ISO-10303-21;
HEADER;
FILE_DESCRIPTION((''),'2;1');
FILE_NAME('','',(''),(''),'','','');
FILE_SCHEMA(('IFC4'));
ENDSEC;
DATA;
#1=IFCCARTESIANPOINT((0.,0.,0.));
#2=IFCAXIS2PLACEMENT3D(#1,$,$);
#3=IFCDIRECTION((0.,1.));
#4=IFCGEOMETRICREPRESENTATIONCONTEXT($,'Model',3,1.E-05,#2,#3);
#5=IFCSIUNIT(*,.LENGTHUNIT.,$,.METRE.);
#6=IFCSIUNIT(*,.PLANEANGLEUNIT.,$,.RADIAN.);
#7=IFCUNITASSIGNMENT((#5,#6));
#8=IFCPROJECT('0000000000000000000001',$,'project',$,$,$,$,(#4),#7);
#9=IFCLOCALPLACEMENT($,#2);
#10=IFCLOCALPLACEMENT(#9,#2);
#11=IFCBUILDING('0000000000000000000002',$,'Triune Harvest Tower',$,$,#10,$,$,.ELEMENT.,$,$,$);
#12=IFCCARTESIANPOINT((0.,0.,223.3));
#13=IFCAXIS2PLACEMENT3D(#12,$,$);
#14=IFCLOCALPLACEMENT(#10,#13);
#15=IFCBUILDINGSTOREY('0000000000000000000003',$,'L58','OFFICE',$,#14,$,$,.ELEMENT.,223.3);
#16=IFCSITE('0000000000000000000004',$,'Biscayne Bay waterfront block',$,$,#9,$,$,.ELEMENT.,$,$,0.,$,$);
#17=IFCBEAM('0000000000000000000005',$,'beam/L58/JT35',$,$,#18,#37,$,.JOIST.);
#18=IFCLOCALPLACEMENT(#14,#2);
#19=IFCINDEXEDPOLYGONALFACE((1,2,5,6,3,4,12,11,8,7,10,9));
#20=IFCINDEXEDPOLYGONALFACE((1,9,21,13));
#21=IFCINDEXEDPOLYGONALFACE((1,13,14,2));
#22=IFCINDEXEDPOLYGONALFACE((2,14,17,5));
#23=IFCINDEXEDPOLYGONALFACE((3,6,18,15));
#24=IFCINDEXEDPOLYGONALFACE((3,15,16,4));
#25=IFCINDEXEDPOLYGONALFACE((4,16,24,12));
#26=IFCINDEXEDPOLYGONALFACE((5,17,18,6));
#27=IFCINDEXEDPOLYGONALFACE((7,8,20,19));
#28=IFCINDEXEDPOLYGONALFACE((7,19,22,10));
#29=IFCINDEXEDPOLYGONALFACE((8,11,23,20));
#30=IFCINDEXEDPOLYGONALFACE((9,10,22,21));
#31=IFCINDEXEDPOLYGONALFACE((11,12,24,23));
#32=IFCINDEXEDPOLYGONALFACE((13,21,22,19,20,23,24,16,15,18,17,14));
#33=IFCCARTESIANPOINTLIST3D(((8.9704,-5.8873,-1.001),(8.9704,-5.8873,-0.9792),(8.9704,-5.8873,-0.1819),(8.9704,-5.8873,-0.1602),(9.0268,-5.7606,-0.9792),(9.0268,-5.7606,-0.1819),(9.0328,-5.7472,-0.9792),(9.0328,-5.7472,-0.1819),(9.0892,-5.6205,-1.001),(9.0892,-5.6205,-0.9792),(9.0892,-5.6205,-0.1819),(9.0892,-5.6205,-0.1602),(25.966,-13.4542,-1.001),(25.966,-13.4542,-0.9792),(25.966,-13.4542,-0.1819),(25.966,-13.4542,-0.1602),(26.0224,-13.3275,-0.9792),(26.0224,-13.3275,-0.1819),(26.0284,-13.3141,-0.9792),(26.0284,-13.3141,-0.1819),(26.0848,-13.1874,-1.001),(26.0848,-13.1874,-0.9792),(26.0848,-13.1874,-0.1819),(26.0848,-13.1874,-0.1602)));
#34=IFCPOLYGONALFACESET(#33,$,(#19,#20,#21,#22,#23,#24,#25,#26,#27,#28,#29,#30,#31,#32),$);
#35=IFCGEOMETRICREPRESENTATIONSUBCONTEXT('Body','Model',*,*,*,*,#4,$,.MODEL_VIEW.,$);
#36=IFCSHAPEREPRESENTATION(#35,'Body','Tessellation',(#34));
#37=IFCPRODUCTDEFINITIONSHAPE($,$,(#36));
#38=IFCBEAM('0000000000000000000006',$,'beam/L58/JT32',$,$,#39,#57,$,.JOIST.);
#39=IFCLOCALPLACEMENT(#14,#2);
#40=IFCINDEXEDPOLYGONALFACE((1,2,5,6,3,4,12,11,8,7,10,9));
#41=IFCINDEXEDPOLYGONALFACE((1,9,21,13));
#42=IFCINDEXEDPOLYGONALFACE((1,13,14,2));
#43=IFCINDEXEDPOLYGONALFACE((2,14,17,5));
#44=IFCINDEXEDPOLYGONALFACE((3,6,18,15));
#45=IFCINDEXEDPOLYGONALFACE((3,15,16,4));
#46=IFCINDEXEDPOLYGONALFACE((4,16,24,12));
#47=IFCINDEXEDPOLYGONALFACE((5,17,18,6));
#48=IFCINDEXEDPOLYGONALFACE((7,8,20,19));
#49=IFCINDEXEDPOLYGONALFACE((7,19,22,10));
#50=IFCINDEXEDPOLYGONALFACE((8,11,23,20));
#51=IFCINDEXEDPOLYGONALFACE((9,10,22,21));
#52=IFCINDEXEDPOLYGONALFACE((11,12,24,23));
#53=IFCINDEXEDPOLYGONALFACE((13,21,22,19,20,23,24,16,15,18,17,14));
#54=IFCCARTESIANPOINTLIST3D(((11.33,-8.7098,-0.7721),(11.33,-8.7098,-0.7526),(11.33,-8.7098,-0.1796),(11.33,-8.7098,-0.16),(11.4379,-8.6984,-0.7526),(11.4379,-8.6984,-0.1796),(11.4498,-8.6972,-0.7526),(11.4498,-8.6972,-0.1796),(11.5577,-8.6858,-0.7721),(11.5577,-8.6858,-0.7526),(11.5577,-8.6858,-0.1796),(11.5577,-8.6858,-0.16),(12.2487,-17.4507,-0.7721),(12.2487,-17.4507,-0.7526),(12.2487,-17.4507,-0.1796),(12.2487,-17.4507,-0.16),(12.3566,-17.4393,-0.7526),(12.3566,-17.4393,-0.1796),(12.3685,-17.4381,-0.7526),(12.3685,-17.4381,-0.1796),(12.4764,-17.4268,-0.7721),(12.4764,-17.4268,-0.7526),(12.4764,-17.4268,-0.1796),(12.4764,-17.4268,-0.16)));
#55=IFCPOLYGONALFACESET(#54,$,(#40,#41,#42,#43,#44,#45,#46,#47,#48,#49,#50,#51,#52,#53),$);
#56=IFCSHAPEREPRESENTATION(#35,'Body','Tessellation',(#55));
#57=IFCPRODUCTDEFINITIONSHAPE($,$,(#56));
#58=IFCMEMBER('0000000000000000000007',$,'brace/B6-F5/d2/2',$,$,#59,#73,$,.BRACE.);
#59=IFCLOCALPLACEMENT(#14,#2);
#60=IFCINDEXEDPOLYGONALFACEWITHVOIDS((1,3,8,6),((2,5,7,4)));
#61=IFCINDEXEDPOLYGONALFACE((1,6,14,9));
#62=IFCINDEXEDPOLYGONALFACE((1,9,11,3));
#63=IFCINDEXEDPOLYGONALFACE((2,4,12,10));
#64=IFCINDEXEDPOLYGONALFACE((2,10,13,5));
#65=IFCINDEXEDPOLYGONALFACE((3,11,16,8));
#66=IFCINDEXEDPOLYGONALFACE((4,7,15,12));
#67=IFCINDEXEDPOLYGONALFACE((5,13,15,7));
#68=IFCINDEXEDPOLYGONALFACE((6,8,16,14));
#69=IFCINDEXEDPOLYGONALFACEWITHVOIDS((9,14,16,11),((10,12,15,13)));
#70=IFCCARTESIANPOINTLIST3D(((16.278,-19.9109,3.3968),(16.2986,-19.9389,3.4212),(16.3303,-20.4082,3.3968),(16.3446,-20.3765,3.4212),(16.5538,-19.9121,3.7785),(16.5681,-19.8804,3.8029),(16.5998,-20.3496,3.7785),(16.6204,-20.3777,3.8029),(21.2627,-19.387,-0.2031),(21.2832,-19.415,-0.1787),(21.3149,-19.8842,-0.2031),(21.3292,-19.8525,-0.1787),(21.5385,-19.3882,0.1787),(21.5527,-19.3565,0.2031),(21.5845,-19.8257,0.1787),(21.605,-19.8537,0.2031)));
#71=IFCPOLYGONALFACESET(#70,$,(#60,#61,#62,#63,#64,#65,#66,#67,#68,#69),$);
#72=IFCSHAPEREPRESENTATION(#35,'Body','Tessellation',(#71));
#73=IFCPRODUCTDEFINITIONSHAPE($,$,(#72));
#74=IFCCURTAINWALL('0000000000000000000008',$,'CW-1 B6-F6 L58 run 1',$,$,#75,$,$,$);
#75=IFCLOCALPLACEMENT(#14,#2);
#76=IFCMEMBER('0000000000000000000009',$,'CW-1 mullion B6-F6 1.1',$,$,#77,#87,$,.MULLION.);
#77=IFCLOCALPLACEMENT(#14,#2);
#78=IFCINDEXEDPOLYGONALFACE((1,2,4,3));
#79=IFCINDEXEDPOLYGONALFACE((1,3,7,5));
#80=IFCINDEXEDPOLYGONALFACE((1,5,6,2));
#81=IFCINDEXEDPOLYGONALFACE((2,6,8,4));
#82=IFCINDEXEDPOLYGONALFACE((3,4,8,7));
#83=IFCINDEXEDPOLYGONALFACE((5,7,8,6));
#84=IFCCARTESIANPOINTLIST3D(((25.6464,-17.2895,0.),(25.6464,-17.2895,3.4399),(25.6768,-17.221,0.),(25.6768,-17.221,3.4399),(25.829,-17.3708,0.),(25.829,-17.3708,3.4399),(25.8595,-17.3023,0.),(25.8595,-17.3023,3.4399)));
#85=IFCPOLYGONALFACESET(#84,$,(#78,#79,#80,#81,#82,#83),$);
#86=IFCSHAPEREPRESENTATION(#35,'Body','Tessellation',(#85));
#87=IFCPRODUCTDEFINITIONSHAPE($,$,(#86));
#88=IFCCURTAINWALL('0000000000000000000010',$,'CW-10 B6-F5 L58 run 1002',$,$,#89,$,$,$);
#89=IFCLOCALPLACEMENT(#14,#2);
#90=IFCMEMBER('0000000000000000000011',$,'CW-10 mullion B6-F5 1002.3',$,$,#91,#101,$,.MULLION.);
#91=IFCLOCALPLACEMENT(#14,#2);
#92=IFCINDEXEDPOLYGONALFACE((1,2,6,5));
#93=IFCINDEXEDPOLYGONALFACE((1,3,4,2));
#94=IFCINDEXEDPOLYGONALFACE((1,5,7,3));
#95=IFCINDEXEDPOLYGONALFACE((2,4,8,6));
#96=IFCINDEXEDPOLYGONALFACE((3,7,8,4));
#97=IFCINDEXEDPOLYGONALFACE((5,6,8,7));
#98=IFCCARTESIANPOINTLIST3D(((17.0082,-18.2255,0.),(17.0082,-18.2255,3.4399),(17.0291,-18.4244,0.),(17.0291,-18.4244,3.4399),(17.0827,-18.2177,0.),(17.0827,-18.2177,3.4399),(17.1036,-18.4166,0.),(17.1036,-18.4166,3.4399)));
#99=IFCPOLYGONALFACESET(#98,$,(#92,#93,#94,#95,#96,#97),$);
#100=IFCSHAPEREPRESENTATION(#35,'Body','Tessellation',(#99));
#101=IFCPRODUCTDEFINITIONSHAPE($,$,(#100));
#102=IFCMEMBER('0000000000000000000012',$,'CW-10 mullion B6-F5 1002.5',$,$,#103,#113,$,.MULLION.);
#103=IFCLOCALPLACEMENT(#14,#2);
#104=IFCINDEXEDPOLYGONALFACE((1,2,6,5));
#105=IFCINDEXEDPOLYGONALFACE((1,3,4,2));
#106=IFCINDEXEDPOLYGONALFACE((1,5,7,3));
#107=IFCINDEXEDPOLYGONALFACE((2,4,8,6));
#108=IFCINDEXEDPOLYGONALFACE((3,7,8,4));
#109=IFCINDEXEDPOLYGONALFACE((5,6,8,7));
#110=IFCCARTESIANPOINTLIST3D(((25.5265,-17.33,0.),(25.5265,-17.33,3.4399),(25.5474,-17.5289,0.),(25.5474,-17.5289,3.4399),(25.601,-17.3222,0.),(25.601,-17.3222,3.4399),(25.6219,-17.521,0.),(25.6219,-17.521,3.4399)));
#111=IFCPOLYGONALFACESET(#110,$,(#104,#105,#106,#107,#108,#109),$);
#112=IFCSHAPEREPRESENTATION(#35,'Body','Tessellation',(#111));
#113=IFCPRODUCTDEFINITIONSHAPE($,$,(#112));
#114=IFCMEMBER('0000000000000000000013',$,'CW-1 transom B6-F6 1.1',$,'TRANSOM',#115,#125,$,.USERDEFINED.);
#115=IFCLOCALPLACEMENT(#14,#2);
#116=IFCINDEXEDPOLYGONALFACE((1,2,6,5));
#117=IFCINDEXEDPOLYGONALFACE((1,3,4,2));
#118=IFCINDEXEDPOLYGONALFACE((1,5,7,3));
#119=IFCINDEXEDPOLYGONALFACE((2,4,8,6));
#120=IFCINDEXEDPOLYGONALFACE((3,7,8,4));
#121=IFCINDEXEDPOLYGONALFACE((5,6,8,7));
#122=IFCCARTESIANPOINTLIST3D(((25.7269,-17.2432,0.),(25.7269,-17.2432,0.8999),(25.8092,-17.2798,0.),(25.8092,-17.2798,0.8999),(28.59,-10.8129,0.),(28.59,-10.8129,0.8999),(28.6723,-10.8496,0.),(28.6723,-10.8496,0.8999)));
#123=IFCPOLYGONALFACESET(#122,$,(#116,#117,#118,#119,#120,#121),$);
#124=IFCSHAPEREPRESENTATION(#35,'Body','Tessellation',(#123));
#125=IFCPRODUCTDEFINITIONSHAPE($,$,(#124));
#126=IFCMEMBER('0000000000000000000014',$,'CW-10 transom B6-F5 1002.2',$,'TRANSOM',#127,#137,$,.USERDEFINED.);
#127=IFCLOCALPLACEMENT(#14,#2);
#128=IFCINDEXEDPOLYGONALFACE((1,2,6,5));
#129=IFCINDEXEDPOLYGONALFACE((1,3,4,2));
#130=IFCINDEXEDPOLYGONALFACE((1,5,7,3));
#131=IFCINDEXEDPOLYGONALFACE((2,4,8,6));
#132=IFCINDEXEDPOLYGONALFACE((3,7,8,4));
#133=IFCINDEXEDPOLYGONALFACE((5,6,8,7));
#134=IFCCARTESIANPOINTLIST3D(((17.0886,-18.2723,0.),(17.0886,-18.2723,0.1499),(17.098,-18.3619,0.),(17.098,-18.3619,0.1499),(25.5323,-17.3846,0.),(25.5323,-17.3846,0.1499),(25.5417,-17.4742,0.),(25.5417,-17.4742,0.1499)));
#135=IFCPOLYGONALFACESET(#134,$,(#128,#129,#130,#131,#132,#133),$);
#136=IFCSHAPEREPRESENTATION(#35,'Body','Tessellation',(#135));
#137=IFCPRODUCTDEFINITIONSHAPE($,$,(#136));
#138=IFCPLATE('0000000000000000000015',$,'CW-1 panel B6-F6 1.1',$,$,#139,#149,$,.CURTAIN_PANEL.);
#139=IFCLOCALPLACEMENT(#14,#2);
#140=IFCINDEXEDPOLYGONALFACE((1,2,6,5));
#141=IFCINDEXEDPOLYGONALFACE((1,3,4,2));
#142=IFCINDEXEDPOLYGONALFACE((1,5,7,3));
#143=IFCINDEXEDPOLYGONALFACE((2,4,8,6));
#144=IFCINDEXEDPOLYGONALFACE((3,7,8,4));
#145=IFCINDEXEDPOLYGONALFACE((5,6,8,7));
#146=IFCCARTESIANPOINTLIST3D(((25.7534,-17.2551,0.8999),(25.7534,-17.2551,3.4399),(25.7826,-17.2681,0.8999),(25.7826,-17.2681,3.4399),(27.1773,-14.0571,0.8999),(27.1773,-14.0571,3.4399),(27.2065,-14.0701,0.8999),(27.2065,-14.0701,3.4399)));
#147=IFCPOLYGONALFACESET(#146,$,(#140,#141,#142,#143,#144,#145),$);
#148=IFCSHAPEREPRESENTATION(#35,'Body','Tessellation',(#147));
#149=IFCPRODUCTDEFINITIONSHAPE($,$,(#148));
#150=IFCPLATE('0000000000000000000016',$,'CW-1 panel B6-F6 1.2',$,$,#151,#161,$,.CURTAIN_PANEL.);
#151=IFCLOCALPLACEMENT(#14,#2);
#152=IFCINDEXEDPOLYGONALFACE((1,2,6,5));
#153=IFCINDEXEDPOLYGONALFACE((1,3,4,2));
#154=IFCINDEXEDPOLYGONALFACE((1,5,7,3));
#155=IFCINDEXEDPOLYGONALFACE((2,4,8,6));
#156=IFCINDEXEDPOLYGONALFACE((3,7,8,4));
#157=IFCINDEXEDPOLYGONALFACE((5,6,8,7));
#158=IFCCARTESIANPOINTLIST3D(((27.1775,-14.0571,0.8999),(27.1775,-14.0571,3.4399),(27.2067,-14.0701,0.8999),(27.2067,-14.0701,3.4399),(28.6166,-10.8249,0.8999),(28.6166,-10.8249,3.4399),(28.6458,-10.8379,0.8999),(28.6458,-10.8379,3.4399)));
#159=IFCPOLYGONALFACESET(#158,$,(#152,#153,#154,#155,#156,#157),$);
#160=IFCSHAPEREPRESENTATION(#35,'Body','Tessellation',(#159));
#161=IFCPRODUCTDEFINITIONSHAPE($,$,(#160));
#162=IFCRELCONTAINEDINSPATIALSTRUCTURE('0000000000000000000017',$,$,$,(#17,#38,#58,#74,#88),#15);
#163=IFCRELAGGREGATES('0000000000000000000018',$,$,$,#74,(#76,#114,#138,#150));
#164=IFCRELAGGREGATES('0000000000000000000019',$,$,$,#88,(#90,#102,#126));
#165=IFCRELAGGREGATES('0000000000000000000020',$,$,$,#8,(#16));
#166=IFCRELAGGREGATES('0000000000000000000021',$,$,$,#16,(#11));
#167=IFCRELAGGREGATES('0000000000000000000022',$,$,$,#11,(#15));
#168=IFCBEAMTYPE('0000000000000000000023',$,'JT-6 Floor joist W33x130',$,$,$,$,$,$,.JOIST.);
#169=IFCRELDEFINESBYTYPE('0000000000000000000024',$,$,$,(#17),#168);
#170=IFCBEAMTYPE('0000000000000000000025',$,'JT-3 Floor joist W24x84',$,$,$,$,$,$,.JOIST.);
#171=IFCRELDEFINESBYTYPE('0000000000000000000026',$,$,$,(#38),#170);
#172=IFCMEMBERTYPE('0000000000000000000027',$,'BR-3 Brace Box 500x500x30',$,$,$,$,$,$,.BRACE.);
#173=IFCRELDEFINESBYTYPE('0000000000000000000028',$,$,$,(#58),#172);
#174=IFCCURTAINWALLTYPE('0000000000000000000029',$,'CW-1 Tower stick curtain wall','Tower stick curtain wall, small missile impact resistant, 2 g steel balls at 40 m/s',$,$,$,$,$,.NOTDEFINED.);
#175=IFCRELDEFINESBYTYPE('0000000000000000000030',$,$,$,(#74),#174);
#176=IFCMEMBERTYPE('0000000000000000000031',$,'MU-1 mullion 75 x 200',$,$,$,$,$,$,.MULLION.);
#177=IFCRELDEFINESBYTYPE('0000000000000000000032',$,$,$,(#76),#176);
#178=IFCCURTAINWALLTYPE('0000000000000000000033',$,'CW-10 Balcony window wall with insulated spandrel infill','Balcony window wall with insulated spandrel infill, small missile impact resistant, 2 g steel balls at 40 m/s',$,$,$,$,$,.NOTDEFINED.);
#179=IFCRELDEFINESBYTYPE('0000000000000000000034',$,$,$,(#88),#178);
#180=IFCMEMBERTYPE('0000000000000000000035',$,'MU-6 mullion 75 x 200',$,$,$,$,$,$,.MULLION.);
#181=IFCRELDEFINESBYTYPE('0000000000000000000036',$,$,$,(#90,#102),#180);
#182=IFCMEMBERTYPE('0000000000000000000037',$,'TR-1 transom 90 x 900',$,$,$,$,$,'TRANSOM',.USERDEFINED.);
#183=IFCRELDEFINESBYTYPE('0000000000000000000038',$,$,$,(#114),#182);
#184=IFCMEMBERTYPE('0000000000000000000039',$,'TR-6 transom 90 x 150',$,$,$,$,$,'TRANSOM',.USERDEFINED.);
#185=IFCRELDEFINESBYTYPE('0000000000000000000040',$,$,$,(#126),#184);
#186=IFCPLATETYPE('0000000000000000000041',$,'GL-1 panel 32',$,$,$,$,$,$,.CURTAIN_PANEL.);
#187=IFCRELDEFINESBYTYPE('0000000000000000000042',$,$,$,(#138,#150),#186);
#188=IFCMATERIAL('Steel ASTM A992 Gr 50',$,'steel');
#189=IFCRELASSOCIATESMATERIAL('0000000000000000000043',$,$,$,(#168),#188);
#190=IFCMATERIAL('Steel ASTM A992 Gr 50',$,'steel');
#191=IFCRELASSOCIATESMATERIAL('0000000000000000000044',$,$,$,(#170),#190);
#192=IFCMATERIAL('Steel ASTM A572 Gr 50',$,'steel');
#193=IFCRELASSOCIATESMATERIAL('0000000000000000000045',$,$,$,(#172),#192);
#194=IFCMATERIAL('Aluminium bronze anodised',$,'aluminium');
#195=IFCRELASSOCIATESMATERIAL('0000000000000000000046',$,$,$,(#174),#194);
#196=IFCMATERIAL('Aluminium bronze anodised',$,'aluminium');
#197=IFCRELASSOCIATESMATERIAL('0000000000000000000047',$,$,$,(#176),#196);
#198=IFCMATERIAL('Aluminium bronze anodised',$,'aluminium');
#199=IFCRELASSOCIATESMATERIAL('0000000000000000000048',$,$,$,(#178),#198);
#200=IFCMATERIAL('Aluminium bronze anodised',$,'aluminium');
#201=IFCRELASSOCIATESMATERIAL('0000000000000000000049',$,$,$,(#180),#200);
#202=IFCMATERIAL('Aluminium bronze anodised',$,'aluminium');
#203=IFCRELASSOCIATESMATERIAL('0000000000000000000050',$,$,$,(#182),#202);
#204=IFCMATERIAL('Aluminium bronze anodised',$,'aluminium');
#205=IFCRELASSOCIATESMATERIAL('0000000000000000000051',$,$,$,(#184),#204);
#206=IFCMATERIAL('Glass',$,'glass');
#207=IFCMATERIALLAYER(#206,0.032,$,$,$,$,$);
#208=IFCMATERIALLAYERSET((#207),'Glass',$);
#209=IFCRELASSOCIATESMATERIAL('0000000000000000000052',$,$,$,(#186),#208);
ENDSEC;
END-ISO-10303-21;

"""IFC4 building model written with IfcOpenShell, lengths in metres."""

from ifc_helpers import new_model, si_unit, direction, frame, origin, origin_2d, place, context, subcontext, project, spatial, rectangle, hollow_rectangle, i_section, extrude, source, transform, mapped, material, layer, layer_set, material_profile, profile_set, type_object, element, aggregate, save


model = new_model("IFC4")

# Units and contexts
model_context = context("Model", 3, precision=1e-05, world=origin(), true_north=direction((0.0, 1.0)))
body_context = subcontext(model_context, "Body", "Model", "MODEL_VIEW")
ifc_project = project(units=[si_unit("LENGTHUNIT", "METRE"), si_unit("PLANEANGLEUNIT", "RADIAN")], contexts=[model_context])

# Site, building, storey
site_placement = place(None, origin())
site = spatial("IfcSite", under=ifc_project, at=site_placement, Name="Biscayne Bay waterfront block", CompositionType="ELEMENT", RefElevation=0.0)
building_placement = place(site_placement, origin())
building = spatial("IfcBuilding", under=site, at=building_placement, Name="Triune Harvest Tower", CompositionType="ELEMENT")
storey_placement = place(building_placement, frame((0.0, 0.0, 223.3)))
storey = spatial("IfcBuildingStorey", under=building, at=storey_placement, Name="L58", Description="OFFICE", CompositionType="ELEMENT", Elevation=223.3)

# Beams
ifc_material_1 = material(Name="Steel ASTM A992 Gr 50", Category="steel")
ifc_material_profile_1 = material_profile(ifc_material_1, i_section(OverallWidth=0.292, OverallDepth=0.8408, WebThickness=0.0146, FlangeThickness=0.0217, at=origin_2d()), Name="W33x130")
ifc_profile_set_1 = profile_set([ifc_material_profile_1], Name="Steel ASTM A992 Gr 50")
beam_type_1 = type_object("IfcBeamType", Name="JT-6 Floor joist W33x130", PredefinedType="JOIST", material=ifc_profile_set_1)
shared_shape_1 = source(origin(), body_context, "Body", "SweptSolid", [
    extrude(i_section(OverallWidth=0.292, OverallDepth=0.8408, WebThickness=0.0146, FlangeThickness=0.0217, at=origin_2d()), origin(), (0.0, 0.0, 1.0), 18.604),
])
beam_1_placement = place(storey_placement, frame((26.0254, -13.3208, -0.5806), z_axis=(-0.913546, 0.406735, 0.0), x_axis=(-0.406735, -0.913546, 0.0)))
element("IfcBeam", 1, at=beam_1_placement, inside=storey, type_object=beam_type_1, Name="beam/L58/JT35", PredefinedType="JOIST", context=body_context, shape_type="MappedRepresentation", body=[
    mapped(shared_shape_1, transform((0.0, 0.0, 0.0), scale=1.0)),
])
ifc_material_2 = material(Name="Steel ASTM A992 Gr 50", Category="steel")
ifc_material_profile_2 = material_profile(ifc_material_2, i_section(OverallWidth=0.229, OverallDepth=0.6121, WebThickness=0.012, FlangeThickness=0.0195, at=origin_2d()), Name="W24x84")
ifc_profile_set_2 = profile_set([ifc_material_profile_2], Name="Steel ASTM A992 Gr 50")
beam_type_2 = type_object("IfcBeamType", Name="JT-3 Floor joist W24x84", PredefinedType="JOIST", material=ifc_profile_set_2)
shared_shape_2 = source(origin(), body_context, "Body", "SweptSolid", [
    extrude(i_section(OverallWidth=0.229, OverallDepth=0.6121, WebThickness=0.012, FlangeThickness=0.0195, at=origin_2d()), origin(), (0.0, 0.0, 1.0), 8.7891),
])
beam_2_placement = place(storey_placement, frame((12.3625, -17.4387, -0.4661), z_axis=(-0.104527, 0.994522, 0.0), x_axis=(-0.994522, -0.104527, 0.0)))
element("IfcBeam", 2, at=beam_2_placement, inside=storey, type_object=beam_type_2, Name="beam/L58/JT32", PredefinedType="JOIST", context=body_context, shape_type="MappedRepresentation", body=[
    mapped(shared_shape_2, transform((0.0, 0.0, 0.0), scale=1.0)),
])

# Member
ifc_material_3 = material(Name="Steel ASTM A572 Gr 50", Category="steel")
ifc_material_profile_3 = material_profile(ifc_material_3, hollow_rectangle(XDim=0.5, YDim=0.5, WallThickness=0.03, at=origin_2d()), Name="Box 500x500x30")
ifc_profile_set_3 = profile_set([ifc_material_profile_3], Name="Steel ASTM A572 Gr 50")
member_type_1 = type_object("IfcMemberType", Name="BR-3 Brace Box 500x500x30", PredefinedType="BRACE", material=ifc_profile_set_3)
shared_shape_3 = source(origin(), body_context, "Body", "SweptSolid", [
    extrude(hollow_rectangle(XDim=0.5, YDim=0.5, WallThickness=0.03, at=origin_2d()), origin(), (0.0, 0.0, 1.0), 6.1709),
])
member_1_placement = place(storey_placement, frame((21.4338, -19.6204, 0.0), z_axis=(-0.807764, -0.084903, 0.583361), x_axis=(0.104533, -0.994521, 0.0)))
element("IfcMember", 3, at=member_1_placement, inside=storey, type_object=member_type_1, Name="brace/B6-F5/d2/2", PredefinedType="BRACE", context=body_context, shape_type="MappedRepresentation", body=[
    mapped(shared_shape_3, transform((0.0, 0.0, 0.0), scale=1.0)),
])

# Curtain wall, member
ifc_material_4 = material(Name="Aluminium bronze anodised", Category="aluminium")
curtain_wall_type_1 = type_object("IfcCurtainWallType", Name="CW-1 Tower stick curtain wall", Description="Tower stick curtain wall, small missile impact resistant, 2 g steel balls at 40 m/s", PredefinedType="NOTDEFINED", material=ifc_material_4)
curtain_wall_1_placement = place(storey_placement, origin())
curtain_wall_1 = element("IfcCurtainWall", 4, at=curtain_wall_1_placement, inside=storey, type_object=curtain_wall_type_1, Name="CW-1 B6-F6 L58 run 1")
ifc_material_5 = material(Name="Aluminium bronze anodised", Category="aluminium")
ifc_material_profile_4 = material_profile(ifc_material_5, rectangle(XDim=0.2, YDim=0.075, at=origin_2d()), Name="MU-1 mullion 75 x 200")
ifc_profile_set_4 = profile_set([ifc_material_profile_4], Name="Aluminium bronze anodised")
member_type_2 = type_object("IfcMemberType", Name="MU-1 mullion 75 x 200", PredefinedType="MULLION", material=ifc_profile_set_4)
shared_shape_4 = source(origin(), body_context, "Body", "SweptSolid", [
    extrude(rectangle(XDim=0.2, YDim=0.075, at=origin_2d()), origin(), (0.0, 0.0, 1.0), 3.4399),
])
member_2_placement = place(storey_placement, frame((25.7529, -17.2959, 0.0), z_axis=(0.0, 0.0, 1.0), x_axis=(-0.913543, 0.406743, 0.0)))
member_2 = element("IfcMember", 5, at=member_2_placement, type_object=member_type_2, Name="CW-1 mullion B6-F6 1.1", PredefinedType="MULLION", context=body_context, shape_type="MappedRepresentation", body=[
    mapped(shared_shape_4, transform((0.0, 0.0, 0.0), scale=1.0)),
])

# Curtain wall, members
ifc_material_6 = material(Name="Aluminium bronze anodised", Category="aluminium")
curtain_wall_type_2 = type_object("IfcCurtainWallType", Name="CW-10 Balcony window wall with insulated spandrel infill", Description="Balcony window wall with insulated spandrel infill, small missile impact resistant, 2 g steel balls at 40 m/s", PredefinedType="NOTDEFINED", material=ifc_material_6)
curtain_wall_2_placement = place(storey_placement, origin())
curtain_wall_2 = element("IfcCurtainWall", 6, at=curtain_wall_2_placement, inside=storey, type_object=curtain_wall_type_2, Name="CW-10 B6-F5 L58 run 1002")
ifc_material_7 = material(Name="Aluminium bronze anodised", Category="aluminium")
ifc_material_profile_5 = material_profile(ifc_material_7, rectangle(XDim=0.2, YDim=0.075, at=origin_2d()), Name="MU-6 mullion 75 x 200")
ifc_profile_set_5 = profile_set([ifc_material_profile_5], Name="Aluminium bronze anodised")
member_type_3 = type_object("IfcMemberType", Name="MU-6 mullion 75 x 200", PredefinedType="MULLION", material=ifc_profile_set_5)
shared_shape_5 = source(origin(), body_context, "Body", "SweptSolid", [
    extrude(rectangle(XDim=0.2, YDim=0.075, at=origin_2d()), origin(), (0.0, 0.0, 1.0), 3.4399),
])
member_3_placement = place(storey_placement, frame((17.0559, -18.321, 0.0), z_axis=(0.0, 0.0, 1.0), x_axis=(-0.10453, 0.994522, 0.0)))
member_3 = element("IfcMember", 7, at=member_3_placement, type_object=member_type_3, Name="CW-10 mullion B6-F5 1002.3", PredefinedType="MULLION", context=body_context, shape_type="MappedRepresentation", body=[
    mapped(shared_shape_5, transform((0.0, 0.0, 0.0), scale=1.0)),
])
member_4_placement = place(storey_placement, frame((25.5742, -17.4255, 0.0), z_axis=(0.0, 0.0, 1.0), x_axis=(-0.10453, 0.994522, 0.0)))
member_4 = element("IfcMember", 8, at=member_4_placement, type_object=member_type_3, Name="CW-10 mullion B6-F5 1002.5", PredefinedType="MULLION", context=body_context, shape_type="MappedRepresentation", body=[
    mapped(shared_shape_5, transform((0.0, 0.0, 0.0), scale=1.0)),
])

# Members
ifc_material_8 = material(Name="Aluminium bronze anodised", Category="aluminium")
ifc_material_profile_6 = material_profile(ifc_material_8, rectangle(XDim=0.0901, YDim=0.8999, at=origin_2d()), Name="TR-1 transom 90 x 900")
ifc_profile_set_6 = profile_set([ifc_material_profile_6], Name="Aluminium bronze anodised")
member_type_4 = type_object("IfcMemberType", Name="TR-1 transom 90 x 900", ElementType="TRANSOM", PredefinedType="USERDEFINED", material=ifc_profile_set_6)
shared_shape_6 = source(origin(), body_context, "Body", "SweptSolid", [
    extrude(rectangle(XDim=0.0901, YDim=0.8999, at=origin_2d()), origin(), (0.0, 0.0, 1.0), 7.0388),
])
member_5_placement = place(storey_placement, frame((25.7681, -17.2615, 0.45), z_axis=(0.406753, 0.913538, 0.0), x_axis=(-0.913538, 0.406753, 0.0)))
member_5 = element("IfcMember", 9, at=member_5_placement, type_object=member_type_4, Name="CW-1 transom B6-F6 1.1", ObjectType="TRANSOM", PredefinedType="USERDEFINED", context=body_context, shape_type="MappedRepresentation", body=[
    mapped(shared_shape_6, transform((0.0, 0.0, 0.0), scale=1.0)),
])
ifc_material_9 = material(Name="Aluminium bronze anodised", Category="aluminium")
ifc_material_profile_7 = material_profile(ifc_material_9, rectangle(XDim=0.0901, YDim=0.1499, at=origin_2d()), Name="TR-6 transom 90 x 150")
ifc_profile_set_7 = profile_set([ifc_material_profile_7], Name="Aluminium bronze anodised")
member_type_5 = type_object("IfcMemberType", Name="TR-6 transom 90 x 150", ElementType="TRANSOM", PredefinedType="USERDEFINED", material=ifc_profile_set_7)
shared_shape_7 = source(origin(), body_context, "Body", "SweptSolid", [
    extrude(rectangle(XDim=0.0901, YDim=0.1499, at=origin_2d()), origin(), (0.0, 0.0, 1.0), 8.4902),
])
member_6_placement = place(storey_placement, frame((17.0933, -18.3171, 0.075), z_axis=(0.994519, 0.104556, 0.0), x_axis=(-0.104556, 0.994519, 0.0)))
member_6 = element("IfcMember", 10, at=member_6_placement, type_object=member_type_5, Name="CW-10 transom B6-F5 1002.2", ObjectType="TRANSOM", PredefinedType="USERDEFINED", context=body_context, shape_type="MappedRepresentation", body=[
    mapped(shared_shape_7, transform((0.0, 0.0, 0.0), scale=1.0)),
])

# Plates
ifc_material_10 = material(Name="Glass", Category="glass")
ifc_layer_1 = layer(ifc_material_10, 0.032)
ifc_layer_set_1 = layer_set([ifc_layer_1], Name="Glass")
plate_type_1 = type_object("IfcPlateType", Name="GL-1 panel 32", PredefinedType="CURTAIN_PANEL", material=ifc_layer_set_1)
shared_shape_8 = source(origin(), body_context, "Body", "SweptSolid", [
    extrude(rectangle(XDim=3.5007, YDim=0.032, at=origin_2d()), origin(), (0.0, 0.0, 1.0), 2.54),
])
plate_1_placement = place(storey_placement, frame((26.48, -15.6626, 0.8999), z_axis=(0.0, 0.0, 1.0), x_axis=(0.406743, 0.913543, 0.0)))
plate_1 = element("IfcPlate", 11, at=plate_1_placement, type_object=plate_type_1, Name="CW-1 panel B6-F6 1.1", PredefinedType="CURTAIN_PANEL", context=body_context, shape_type="MappedRepresentation", body=[
    mapped(shared_shape_8, transform((0.0, 0.0, 0.0), scale=1.0)),
])
shared_shape_9 = source(origin(), body_context, "Body", "SweptSolid", [
    extrude(rectangle(XDim=3.5381, YDim=0.032, at=origin_2d()), origin(), (0.0, 0.0, 1.0), 2.54),
])
plate_2_placement = place(storey_placement, frame((27.9116, -12.4475, 0.8999), z_axis=(0.0, 0.0, 1.0), x_axis=(0.406743, 0.913543, 0.0)))
plate_2 = element("IfcPlate", 12, at=plate_2_placement, type_object=plate_type_1, Name="CW-1 panel B6-F6 1.2", PredefinedType="CURTAIN_PANEL", context=body_context, shape_type="MappedRepresentation", body=[
    mapped(shared_shape_9, transform((0.0, 0.0, 0.0), scale=1.0)),
])
aggregate(curtain_wall_1, [member_2, member_5, plate_1, plate_2])
aggregate(curtain_wall_2, [member_3, member_4, member_6])

save(model, "model.ifc")
